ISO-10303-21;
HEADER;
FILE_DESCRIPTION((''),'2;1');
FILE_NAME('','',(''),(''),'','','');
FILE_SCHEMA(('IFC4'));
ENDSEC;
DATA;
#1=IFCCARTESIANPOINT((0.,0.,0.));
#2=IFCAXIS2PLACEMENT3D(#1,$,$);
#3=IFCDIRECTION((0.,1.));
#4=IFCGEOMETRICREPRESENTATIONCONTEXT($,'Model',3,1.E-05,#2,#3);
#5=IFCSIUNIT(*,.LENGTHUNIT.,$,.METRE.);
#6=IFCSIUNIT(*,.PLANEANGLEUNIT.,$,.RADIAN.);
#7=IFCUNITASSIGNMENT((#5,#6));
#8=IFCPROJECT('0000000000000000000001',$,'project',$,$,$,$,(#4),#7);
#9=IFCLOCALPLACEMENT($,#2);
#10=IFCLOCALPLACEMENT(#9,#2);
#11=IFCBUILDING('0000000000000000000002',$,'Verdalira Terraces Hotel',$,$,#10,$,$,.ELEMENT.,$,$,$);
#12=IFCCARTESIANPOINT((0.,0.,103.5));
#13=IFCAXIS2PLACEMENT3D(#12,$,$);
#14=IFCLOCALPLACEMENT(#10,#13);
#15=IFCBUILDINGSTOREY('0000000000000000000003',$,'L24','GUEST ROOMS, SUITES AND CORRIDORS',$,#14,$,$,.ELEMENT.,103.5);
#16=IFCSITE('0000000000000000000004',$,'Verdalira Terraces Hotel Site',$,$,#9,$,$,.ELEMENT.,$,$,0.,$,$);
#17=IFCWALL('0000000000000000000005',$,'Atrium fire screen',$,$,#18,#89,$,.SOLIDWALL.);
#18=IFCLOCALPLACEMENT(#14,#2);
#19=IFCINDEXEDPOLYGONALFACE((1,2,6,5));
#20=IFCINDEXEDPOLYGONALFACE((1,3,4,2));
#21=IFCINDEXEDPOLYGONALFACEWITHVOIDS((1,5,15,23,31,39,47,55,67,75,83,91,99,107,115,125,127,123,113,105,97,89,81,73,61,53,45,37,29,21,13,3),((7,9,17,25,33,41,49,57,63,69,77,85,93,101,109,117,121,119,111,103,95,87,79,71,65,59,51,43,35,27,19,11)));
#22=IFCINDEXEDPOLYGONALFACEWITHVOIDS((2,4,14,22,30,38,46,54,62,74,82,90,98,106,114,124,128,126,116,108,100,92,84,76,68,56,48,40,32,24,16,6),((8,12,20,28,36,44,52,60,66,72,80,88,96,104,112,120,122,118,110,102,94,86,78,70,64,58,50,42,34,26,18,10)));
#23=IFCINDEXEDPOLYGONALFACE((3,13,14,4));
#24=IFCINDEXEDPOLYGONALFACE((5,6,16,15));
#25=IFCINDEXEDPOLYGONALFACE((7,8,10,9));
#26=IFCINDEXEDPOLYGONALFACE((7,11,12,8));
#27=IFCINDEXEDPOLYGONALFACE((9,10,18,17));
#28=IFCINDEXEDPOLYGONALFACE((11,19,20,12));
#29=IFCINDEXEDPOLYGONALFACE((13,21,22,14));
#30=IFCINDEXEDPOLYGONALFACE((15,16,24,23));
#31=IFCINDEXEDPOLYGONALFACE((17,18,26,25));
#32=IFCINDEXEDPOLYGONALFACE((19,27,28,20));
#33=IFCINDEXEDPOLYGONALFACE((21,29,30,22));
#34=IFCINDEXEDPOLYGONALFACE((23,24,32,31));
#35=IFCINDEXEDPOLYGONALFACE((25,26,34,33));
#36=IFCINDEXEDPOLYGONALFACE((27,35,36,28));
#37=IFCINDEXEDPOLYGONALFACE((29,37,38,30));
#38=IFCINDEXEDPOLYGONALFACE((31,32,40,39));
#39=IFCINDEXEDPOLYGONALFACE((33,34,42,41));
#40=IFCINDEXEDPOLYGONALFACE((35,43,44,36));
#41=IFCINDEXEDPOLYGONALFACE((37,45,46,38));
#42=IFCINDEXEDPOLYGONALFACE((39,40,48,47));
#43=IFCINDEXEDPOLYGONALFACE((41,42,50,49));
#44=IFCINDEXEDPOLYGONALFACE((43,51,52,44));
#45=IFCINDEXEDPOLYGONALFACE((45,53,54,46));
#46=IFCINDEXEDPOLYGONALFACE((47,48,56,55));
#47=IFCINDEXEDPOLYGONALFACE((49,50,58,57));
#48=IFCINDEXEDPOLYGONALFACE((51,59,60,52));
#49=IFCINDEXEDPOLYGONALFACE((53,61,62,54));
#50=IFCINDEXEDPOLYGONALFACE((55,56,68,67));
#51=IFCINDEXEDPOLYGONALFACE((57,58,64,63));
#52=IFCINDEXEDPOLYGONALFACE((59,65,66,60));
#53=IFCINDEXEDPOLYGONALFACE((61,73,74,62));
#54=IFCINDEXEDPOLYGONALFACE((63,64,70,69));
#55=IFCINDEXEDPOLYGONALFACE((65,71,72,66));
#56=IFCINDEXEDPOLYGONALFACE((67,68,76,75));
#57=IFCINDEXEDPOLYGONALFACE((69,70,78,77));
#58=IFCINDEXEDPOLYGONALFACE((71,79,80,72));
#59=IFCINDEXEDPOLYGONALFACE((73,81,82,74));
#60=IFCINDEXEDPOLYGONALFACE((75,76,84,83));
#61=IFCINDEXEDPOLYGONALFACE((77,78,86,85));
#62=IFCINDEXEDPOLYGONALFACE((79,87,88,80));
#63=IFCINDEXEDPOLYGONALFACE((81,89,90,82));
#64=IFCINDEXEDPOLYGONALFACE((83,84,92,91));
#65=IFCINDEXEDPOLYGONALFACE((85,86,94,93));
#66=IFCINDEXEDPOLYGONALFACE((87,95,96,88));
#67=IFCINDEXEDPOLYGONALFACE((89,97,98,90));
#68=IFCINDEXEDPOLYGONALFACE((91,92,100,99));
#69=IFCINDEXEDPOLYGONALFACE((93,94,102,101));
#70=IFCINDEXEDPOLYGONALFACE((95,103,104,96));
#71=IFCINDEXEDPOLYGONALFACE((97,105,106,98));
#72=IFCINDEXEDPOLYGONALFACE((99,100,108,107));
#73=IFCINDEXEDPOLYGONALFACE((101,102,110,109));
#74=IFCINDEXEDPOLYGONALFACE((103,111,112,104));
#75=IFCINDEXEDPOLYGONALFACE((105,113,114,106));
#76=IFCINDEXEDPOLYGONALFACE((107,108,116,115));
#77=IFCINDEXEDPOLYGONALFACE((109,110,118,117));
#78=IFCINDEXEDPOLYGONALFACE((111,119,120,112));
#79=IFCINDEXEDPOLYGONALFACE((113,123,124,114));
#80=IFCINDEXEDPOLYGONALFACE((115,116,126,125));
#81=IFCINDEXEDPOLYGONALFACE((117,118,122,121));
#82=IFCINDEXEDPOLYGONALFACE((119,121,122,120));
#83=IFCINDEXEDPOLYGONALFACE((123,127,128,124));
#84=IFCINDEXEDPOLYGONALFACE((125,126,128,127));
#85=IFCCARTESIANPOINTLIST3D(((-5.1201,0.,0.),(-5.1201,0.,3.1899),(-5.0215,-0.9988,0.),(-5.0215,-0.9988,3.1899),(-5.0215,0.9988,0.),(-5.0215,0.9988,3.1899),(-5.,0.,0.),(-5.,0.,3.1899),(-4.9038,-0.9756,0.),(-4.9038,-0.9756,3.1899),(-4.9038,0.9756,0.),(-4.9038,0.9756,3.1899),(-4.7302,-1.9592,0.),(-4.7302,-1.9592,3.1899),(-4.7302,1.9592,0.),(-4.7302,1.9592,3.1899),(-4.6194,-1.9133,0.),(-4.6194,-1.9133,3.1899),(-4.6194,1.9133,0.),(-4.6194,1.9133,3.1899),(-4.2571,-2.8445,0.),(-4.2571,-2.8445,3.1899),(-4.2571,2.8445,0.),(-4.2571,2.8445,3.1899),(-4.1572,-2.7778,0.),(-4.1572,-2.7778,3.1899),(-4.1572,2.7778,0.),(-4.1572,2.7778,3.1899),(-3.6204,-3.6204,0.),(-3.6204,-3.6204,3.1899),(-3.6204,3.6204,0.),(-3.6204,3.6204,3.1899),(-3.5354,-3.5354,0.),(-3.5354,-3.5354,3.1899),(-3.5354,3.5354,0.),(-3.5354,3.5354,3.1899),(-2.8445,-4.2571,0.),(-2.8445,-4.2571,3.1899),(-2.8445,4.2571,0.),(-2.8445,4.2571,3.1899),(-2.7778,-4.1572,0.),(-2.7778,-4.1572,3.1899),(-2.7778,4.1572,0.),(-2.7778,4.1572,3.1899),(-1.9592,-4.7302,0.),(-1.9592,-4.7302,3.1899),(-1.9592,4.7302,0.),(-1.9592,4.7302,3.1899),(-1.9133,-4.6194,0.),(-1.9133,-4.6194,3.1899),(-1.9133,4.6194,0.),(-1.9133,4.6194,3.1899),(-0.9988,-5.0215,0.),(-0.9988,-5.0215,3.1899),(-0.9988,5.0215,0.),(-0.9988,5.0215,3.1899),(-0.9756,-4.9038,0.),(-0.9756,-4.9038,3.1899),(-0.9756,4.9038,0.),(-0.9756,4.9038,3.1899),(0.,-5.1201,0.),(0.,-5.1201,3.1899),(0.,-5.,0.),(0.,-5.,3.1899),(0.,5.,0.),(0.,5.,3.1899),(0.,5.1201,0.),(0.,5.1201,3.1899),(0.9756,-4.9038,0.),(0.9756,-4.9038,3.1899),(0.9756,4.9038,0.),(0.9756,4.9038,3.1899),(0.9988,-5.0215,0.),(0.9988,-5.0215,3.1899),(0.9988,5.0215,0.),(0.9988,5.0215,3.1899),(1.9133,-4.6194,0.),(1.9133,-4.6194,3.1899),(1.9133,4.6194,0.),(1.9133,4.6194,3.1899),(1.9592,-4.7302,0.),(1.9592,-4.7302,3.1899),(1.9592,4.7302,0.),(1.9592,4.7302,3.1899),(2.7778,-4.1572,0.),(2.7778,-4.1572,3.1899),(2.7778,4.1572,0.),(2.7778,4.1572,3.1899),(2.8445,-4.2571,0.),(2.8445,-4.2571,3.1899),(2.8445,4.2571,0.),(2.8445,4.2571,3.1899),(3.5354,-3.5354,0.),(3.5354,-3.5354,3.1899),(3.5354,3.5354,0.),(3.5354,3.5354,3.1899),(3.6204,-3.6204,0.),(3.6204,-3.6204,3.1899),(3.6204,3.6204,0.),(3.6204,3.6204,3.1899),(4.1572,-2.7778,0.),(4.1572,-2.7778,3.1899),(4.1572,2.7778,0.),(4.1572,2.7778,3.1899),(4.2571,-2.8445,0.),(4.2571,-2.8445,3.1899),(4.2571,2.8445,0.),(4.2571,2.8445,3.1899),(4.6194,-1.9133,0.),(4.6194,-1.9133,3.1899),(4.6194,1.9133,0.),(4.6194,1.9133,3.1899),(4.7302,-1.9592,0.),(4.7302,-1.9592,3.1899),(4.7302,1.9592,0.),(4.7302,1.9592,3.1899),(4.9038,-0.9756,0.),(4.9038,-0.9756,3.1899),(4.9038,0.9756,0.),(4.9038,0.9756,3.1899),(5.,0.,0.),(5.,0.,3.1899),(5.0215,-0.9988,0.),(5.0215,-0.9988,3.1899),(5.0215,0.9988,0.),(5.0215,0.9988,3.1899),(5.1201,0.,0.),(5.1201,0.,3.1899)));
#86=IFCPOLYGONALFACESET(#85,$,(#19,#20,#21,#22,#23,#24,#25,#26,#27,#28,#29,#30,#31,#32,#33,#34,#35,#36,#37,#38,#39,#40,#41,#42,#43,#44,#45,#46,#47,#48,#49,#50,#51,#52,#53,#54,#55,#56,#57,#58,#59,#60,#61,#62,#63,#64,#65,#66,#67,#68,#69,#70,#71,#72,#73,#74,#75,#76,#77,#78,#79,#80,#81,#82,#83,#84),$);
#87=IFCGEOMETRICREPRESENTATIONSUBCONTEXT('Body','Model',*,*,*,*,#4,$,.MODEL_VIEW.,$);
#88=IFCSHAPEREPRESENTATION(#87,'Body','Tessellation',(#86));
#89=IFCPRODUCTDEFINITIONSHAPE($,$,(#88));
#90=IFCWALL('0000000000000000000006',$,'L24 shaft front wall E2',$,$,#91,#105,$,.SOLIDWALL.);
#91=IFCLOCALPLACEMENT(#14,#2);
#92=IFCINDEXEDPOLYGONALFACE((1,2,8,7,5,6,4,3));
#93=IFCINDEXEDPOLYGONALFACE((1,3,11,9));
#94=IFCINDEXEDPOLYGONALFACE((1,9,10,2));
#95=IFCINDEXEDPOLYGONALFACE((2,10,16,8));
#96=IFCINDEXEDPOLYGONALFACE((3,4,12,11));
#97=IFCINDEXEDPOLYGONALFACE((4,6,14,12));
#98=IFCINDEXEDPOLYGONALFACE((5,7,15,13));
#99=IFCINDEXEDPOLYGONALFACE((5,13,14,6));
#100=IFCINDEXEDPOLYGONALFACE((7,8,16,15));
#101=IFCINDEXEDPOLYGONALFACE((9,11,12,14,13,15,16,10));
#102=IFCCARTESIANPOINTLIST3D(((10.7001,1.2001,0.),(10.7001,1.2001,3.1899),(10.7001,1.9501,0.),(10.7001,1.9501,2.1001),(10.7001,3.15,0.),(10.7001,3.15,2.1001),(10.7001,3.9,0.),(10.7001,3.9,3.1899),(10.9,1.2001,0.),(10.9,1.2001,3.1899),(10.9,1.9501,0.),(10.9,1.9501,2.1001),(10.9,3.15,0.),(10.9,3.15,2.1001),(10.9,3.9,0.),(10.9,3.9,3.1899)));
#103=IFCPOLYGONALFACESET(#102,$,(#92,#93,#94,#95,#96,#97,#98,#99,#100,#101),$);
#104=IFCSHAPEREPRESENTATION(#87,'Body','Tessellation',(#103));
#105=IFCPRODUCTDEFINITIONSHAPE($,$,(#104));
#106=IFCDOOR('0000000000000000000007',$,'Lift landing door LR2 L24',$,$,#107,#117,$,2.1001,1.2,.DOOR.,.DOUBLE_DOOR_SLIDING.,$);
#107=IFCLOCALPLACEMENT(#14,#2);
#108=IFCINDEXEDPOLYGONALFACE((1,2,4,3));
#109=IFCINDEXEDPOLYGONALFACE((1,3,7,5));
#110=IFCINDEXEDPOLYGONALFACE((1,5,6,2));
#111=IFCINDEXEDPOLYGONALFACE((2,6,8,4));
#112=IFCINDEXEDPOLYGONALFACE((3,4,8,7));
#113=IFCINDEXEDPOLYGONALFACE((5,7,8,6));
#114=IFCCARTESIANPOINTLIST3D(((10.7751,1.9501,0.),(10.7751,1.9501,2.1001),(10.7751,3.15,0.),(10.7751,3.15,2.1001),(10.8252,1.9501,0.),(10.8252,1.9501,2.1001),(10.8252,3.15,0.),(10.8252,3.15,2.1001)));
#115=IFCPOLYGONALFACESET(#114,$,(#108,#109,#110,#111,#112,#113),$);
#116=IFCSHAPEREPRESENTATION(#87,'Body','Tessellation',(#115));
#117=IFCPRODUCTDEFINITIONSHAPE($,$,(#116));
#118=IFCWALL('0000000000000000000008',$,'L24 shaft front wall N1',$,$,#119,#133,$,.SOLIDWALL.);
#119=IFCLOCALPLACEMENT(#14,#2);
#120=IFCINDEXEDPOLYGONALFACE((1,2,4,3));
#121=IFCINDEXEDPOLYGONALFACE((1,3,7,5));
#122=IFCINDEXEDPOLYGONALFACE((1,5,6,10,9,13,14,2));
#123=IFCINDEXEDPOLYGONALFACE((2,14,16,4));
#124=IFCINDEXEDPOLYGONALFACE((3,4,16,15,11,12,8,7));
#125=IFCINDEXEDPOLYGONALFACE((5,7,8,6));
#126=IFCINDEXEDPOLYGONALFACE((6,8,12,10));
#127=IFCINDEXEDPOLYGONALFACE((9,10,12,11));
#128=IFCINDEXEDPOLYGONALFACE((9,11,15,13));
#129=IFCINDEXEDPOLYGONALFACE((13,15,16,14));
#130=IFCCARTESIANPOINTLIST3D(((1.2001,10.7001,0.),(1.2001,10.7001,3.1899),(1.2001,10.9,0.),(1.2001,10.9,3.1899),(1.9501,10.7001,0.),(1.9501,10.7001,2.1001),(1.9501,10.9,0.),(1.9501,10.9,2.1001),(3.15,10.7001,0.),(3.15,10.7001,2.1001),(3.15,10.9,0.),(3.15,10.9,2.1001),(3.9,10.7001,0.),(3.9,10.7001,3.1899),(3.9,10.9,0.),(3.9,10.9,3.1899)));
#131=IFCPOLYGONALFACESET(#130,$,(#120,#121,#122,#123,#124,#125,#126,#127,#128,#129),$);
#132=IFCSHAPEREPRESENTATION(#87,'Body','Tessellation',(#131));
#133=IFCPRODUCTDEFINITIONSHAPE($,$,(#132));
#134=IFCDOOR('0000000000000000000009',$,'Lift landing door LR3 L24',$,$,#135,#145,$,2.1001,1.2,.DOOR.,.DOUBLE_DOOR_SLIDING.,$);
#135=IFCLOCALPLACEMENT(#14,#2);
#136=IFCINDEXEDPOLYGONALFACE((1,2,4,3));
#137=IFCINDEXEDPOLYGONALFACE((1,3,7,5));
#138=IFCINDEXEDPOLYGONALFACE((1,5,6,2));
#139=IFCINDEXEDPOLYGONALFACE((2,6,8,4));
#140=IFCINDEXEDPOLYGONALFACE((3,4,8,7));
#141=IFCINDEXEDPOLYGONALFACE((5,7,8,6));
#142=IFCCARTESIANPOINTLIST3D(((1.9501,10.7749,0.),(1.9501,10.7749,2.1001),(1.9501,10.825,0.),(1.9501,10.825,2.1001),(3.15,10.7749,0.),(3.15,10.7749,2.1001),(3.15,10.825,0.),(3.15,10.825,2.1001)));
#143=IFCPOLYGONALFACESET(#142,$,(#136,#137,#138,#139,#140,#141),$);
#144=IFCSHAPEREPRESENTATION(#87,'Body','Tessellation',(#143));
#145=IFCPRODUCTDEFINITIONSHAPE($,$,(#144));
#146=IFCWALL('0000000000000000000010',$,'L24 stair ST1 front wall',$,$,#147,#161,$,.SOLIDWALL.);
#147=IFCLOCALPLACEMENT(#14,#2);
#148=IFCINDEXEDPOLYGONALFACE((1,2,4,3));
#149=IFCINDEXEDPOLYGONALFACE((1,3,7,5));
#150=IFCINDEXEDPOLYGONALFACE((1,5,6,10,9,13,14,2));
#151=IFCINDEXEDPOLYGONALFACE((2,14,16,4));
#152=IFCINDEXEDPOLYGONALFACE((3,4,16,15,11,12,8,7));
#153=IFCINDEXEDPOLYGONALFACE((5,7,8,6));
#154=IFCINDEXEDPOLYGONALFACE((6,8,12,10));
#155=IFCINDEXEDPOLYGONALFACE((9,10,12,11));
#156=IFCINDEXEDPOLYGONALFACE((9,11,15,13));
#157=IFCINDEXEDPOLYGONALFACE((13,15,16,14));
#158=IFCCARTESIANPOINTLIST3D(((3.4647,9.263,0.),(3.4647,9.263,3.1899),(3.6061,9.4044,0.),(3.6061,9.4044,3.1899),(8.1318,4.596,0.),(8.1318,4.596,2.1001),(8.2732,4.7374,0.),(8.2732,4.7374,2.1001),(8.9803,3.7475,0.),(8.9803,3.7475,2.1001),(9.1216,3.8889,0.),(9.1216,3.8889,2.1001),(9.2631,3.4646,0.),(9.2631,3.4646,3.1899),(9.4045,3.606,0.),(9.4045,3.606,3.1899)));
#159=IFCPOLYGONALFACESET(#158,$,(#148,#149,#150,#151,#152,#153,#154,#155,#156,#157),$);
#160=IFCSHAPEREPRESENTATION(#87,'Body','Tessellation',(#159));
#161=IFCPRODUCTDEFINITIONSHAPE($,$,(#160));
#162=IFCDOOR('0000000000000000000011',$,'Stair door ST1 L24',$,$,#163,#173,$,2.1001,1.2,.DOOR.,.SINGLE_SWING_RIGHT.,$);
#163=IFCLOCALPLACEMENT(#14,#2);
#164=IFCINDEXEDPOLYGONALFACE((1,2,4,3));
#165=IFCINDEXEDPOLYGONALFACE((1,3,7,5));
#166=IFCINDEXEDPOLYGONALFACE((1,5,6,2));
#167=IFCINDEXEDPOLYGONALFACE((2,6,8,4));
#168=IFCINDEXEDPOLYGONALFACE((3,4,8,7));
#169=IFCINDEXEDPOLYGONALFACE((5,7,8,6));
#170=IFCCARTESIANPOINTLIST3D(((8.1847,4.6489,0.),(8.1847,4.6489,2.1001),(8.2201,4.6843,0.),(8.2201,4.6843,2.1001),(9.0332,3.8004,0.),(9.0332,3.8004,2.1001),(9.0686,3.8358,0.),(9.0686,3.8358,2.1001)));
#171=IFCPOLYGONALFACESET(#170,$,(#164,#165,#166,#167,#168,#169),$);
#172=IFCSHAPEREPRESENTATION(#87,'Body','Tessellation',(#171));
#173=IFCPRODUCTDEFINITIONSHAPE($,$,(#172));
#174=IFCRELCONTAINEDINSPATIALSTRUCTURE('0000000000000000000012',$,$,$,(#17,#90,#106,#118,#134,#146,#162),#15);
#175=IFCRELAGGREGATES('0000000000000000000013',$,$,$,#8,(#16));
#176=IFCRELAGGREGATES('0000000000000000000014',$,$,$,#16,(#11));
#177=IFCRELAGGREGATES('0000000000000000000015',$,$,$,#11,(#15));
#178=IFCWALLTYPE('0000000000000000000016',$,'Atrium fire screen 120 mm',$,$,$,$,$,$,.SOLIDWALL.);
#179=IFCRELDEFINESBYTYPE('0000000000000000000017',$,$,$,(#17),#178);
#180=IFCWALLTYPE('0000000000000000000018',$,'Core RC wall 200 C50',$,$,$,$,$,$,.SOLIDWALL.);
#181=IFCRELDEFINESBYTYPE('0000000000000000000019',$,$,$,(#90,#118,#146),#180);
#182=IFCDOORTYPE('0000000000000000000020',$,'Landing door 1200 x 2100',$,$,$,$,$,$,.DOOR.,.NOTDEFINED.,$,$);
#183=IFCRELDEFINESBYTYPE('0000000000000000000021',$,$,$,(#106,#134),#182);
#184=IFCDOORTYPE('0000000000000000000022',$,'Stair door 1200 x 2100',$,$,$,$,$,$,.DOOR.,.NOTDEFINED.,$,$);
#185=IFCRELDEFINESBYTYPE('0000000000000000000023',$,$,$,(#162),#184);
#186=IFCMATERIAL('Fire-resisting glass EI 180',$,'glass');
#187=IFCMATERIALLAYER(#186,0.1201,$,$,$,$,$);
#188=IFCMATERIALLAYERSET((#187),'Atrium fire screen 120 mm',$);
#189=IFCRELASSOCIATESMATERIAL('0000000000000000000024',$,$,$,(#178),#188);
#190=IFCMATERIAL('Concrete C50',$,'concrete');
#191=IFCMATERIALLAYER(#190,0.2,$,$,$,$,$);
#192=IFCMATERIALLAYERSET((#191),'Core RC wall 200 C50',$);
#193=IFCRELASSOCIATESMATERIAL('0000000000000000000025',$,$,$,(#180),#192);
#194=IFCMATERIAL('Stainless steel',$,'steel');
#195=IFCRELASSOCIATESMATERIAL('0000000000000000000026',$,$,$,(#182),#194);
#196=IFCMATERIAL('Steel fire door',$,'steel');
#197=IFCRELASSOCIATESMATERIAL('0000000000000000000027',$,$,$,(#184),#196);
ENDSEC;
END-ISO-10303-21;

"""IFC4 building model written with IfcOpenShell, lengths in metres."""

from ifc_helpers import new_model, si_unit, direction, frame, frame_2d, origin, place, context, subcontext, project, spatial, polyline, rectangle, outline, extrude, material, layer, layer_set, type_object, element, fill, save


model = new_model("IFC4")

# Units and contexts
model_context = context("Model", 3, precision=1e-05, world=origin(), true_north=direction((0.0, 1.0)))
body_context = subcontext(model_context, "Body", "Model", "MODEL_VIEW")
ifc_project = project(units=[si_unit("LENGTHUNIT", "METRE"), si_unit("PLANEANGLEUNIT", "RADIAN")], contexts=[model_context])

# Site, building, storey
site_placement = place(None, origin())
site = spatial("IfcSite", under=ifc_project, at=site_placement, Name="Verdalira Terraces Hotel Site", CompositionType="ELEMENT", RefElevation=0.0)
building_placement = place(site_placement, origin())
building = spatial("IfcBuilding", under=site, at=building_placement, Name="Verdalira Terraces Hotel", CompositionType="ELEMENT")
storey_placement = place(building_placement, frame((0.0, 0.0, 103.5)))
storey = spatial("IfcBuildingStorey", under=building, at=storey_placement, Name="L24", Description="GUEST ROOMS, SUITES AND CORRIDORS", CompositionType="ELEMENT", Elevation=103.5)

# Wall
ifc_material_1 = material(Name="Fire-resisting glass EI 180", Category="glass")
ifc_layer_1 = layer(ifc_material_1, 0.1201)
ifc_layer_set_1 = layer_set([ifc_layer_1], Name="Atrium fire screen 120 mm")
wall_type_1 = type_object("IfcWallType", Name="Atrium fire screen 120 mm", PredefinedType="SOLIDWALL", material=ifc_layer_set_1)
wall_1_placement = place(storey_placement, origin())
element("IfcWall", 1, at=wall_1_placement, inside=storey, type_object=wall_type_1, Name="Atrium fire screen", PredefinedType="SOLIDWALL", context=body_context, shape_type="SweptSolid", body=[
    extrude(outline(polyline([(5.0215, -0.9988), (4.7302, -1.9592), (4.2571, -2.8445), (3.6204, -3.6204), (2.8445, -4.2571), (1.9592, -4.7302), (0.9988, -5.0215), (0.0, -5.1201), (-0.9988, -5.0215), (-1.9592, -4.7302), (-2.8445, -4.2571), (-3.6204, -3.6204), (-4.2571, -2.8445), (-4.7302, -1.9592), (-5.0215, -0.9988), (-5.1201, 0.0), (-5.0215, 0.9988), (-4.7302, 1.9592), (-4.2571, 2.8445), (-3.6204, 3.6204), (-2.8445, 4.2571), (-1.9592, 4.7302), (-0.9988, 5.0215), (0.0, 5.1201), (0.9988, 5.0215), (1.9592, 4.7302), (2.8445, 4.2571), (3.6204, 3.6204), (4.2571, 2.8445), (4.7302, 1.9592), (5.0215, 0.9988), (5.1201, 0.0), (5.0215, -0.9988)]), holes=[polyline([(4.9038, 0.9756), (4.6194, 1.9133), (4.1572, 2.7778), (3.5354, 3.5354), (2.7778, 4.1572), (1.9133, 4.6194), (0.9756, 4.9038), (0.0, 5.0), (-0.9756, 4.9038), (-1.9133, 4.6194), (-2.7778, 4.1572), (-3.5354, 3.5354), (-4.1572, 2.7778), (-4.6194, 1.9133), (-4.9038, 0.9756), (-5.0, 0.0), (-4.9038, -0.9756), (-4.6194, -1.9133), (-4.1572, -2.7778), (-3.5354, -3.5354), (-2.7778, -4.1572), (-1.9133, -4.6194), (-0.9756, -4.9038), (0.0, -5.0), (0.9756, -4.9038), (1.9133, -4.6194), (2.7778, -4.1572), (3.5354, -3.5354), (4.1572, -2.7778), (4.6194, -1.9133), (4.9038, -0.9756), (5.0, 0.0), (4.9038, 0.9756)])]), origin(), (0.0, 0.0, 1.0), 3.1899),
])

# Walls, openings, doors
ifc_material_2 = material(Name="Concrete C50", Category="concrete")
ifc_layer_2 = layer(ifc_material_2, 0.2)
ifc_layer_set_2 = layer_set([ifc_layer_2], Name="Core RC wall 200 C50")
wall_type_2 = type_object("IfcWallType", Name="Core RC wall 200 C50", PredefinedType="SOLIDWALL", material=ifc_layer_set_2)
wall_2_placement = place(storey_placement, frame((10.8, 1.2, 0.0), z_axis=(0.0, 0.0, 1.0), x_axis=(0.0, 1.0, 0.0)))
wall_2 = element("IfcWall", 2, at=wall_2_placement, inside=storey, type_object=wall_type_2, Name="L24 shaft front wall E2", PredefinedType="SOLIDWALL", context=body_context, shape_type="SweptSolid", body=[
    extrude(rectangle(XDim=2.7, YDim=0.2, at=frame_2d((1.3501, 0.0))), origin(), (0.0, 0.0, 1.0), 3.1899),
])
opening_1_placement = place(wall_2_placement, frame((0.75, 0.0, 0.0)))
opening_1 = element("IfcOpeningElement", 3, at=opening_1_placement, cuts=wall_2, PredefinedType="OPENING", context=body_context, shape_type="SweptSolid", body=[
    extrude(rectangle(XDim=1.2, YDim=2.1001, at=frame_2d((0.6001, 1.05))), frame((0.0, 0.1099, 0.0), z_axis=(0.0, -1.0, 0.0), x_axis=(1.0, 0.0, 0.0)), (0.0, 0.0, 1.0), 0.22),
])
ifc_material_3 = material(Name="Stainless steel", Category="steel")
door_type_1 = type_object("IfcDoorType", Name="Landing door 1200 x 2100", OperationType="NOTDEFINED", PredefinedType="DOOR", material=ifc_material_3)
door_1_placement = place(opening_1_placement, origin())
door_1 = element("IfcDoor", 4, at=door_1_placement, inside=storey, type_object=door_type_1, Name="Lift landing door LR2 L24", OperationType="DOUBLE_DOOR_SLIDING", OverallHeight=2.1001, OverallWidth=1.2, PredefinedType="DOOR", context=body_context, shape_type="SweptSolid", body=[
    extrude(rectangle(XDim=1.2, YDim=2.1001, at=frame_2d((0.6001, 1.05))), frame((0.0, 0.0249, 0.0), z_axis=(0.0, -1.0, 0.0), x_axis=(1.0, 0.0, 0.0)), (0.0, 0.0, 1.0), 0.05),
])
fill(opening_1, door_1)
wall_3_placement = place(storey_placement, frame((1.2, 10.8, 0.0), z_axis=(0.0, 0.0, 1.0), x_axis=(1.0, 0.0, 0.0)))
wall_3 = element("IfcWall", 5, at=wall_3_placement, inside=storey, type_object=wall_type_2, Name="L24 shaft front wall N1", PredefinedType="SOLIDWALL", context=body_context, shape_type="SweptSolid", body=[
    extrude(rectangle(XDim=2.7, YDim=0.2, at=frame_2d((1.3501, 0.0))), origin(), (0.0, 0.0, 1.0), 3.1899),
])
opening_2_placement = place(wall_3_placement, frame((0.75, 0.0, 0.0)))
opening_2 = element("IfcOpeningElement", 6, at=opening_2_placement, cuts=wall_3, PredefinedType="OPENING", context=body_context, shape_type="SweptSolid", body=[
    extrude(rectangle(XDim=1.2, YDim=2.1001, at=frame_2d((0.6001, 1.05))), frame((0.0, 0.1099, 0.0), z_axis=(0.0, -1.0, 0.0), x_axis=(1.0, 0.0, 0.0)), (0.0, 0.0, 1.0), 0.22),
])
door_2_placement = place(opening_2_placement, origin())
door_2 = element("IfcDoor", 7, at=door_2_placement, inside=storey, type_object=door_type_1, Name="Lift landing door LR3 L24", OperationType="DOUBLE_DOOR_SLIDING", OverallHeight=2.1001, OverallWidth=1.2, PredefinedType="DOOR", context=body_context, shape_type="SweptSolid", body=[
    extrude(rectangle(XDim=1.2, YDim=2.1001, at=frame_2d((0.6001, 1.05))), frame((0.0, 0.0249, 0.0), z_axis=(0.0, -1.0, 0.0), x_axis=(1.0, 0.0, 0.0)), (0.0, 0.0, 1.0), 0.05),
])
fill(opening_2, door_2)
wall_4_placement = place(storey_placement, frame((3.5354, 9.3337, 0.0), z_axis=(0.0, 0.0, 1.0), x_axis=(0.707107, -0.707107, 0.0)))
wall_4 = element("IfcWall", 8, at=wall_4_placement, inside=storey, type_object=wall_type_2, Name="L24 stair ST1 front wall", PredefinedType="SOLIDWALL", context=body_context, shape_type="SweptSolid", body=[
    extrude(rectangle(XDim=8.2002, YDim=0.2, at=frame_2d((4.1001, 0.0))), origin(), (0.0, 0.0, 1.0), 3.1899),
])
opening_3_placement = place(wall_4_placement, frame((6.6001, 0.0, 0.0)))
opening_3 = element("IfcOpeningElement", 9, at=opening_3_placement, cuts=wall_4, PredefinedType="OPENING", context=body_context, shape_type="SweptSolid", body=[
    extrude(rectangle(XDim=1.2, YDim=2.1001, at=frame_2d((0.6001, 1.05))), frame((0.0, 0.1099, 0.0), z_axis=(0.0, -1.0, 0.0), x_axis=(1.0, 0.0, 0.0)), (0.0, 0.0, 1.0), 0.22),
])
ifc_material_4 = material(Name="Steel fire door", Category="steel")
door_type_2 = type_object("IfcDoorType", Name="Stair door 1200 x 2100", OperationType="NOTDEFINED", PredefinedType="DOOR", material=ifc_material_4)
door_3_placement = place(opening_3_placement, origin())
door_3 = element("IfcDoor", 10, at=door_3_placement, inside=storey, type_object=door_type_2, Name="Stair door ST1 L24", OperationType="SINGLE_SWING_RIGHT", OverallHeight=2.1001, OverallWidth=1.2, PredefinedType="DOOR", context=body_context, shape_type="SweptSolid", body=[
    extrude(rectangle(XDim=1.2, YDim=2.1001, at=frame_2d((0.6001, 1.05))), frame((0.0, 0.0249, 0.0), z_axis=(0.0, -1.0, 0.0), x_axis=(1.0, 0.0, 0.0)), (0.0, 0.0, 1.0), 0.05),
])
fill(opening_3, door_3)

save(model, "model.ifc")
